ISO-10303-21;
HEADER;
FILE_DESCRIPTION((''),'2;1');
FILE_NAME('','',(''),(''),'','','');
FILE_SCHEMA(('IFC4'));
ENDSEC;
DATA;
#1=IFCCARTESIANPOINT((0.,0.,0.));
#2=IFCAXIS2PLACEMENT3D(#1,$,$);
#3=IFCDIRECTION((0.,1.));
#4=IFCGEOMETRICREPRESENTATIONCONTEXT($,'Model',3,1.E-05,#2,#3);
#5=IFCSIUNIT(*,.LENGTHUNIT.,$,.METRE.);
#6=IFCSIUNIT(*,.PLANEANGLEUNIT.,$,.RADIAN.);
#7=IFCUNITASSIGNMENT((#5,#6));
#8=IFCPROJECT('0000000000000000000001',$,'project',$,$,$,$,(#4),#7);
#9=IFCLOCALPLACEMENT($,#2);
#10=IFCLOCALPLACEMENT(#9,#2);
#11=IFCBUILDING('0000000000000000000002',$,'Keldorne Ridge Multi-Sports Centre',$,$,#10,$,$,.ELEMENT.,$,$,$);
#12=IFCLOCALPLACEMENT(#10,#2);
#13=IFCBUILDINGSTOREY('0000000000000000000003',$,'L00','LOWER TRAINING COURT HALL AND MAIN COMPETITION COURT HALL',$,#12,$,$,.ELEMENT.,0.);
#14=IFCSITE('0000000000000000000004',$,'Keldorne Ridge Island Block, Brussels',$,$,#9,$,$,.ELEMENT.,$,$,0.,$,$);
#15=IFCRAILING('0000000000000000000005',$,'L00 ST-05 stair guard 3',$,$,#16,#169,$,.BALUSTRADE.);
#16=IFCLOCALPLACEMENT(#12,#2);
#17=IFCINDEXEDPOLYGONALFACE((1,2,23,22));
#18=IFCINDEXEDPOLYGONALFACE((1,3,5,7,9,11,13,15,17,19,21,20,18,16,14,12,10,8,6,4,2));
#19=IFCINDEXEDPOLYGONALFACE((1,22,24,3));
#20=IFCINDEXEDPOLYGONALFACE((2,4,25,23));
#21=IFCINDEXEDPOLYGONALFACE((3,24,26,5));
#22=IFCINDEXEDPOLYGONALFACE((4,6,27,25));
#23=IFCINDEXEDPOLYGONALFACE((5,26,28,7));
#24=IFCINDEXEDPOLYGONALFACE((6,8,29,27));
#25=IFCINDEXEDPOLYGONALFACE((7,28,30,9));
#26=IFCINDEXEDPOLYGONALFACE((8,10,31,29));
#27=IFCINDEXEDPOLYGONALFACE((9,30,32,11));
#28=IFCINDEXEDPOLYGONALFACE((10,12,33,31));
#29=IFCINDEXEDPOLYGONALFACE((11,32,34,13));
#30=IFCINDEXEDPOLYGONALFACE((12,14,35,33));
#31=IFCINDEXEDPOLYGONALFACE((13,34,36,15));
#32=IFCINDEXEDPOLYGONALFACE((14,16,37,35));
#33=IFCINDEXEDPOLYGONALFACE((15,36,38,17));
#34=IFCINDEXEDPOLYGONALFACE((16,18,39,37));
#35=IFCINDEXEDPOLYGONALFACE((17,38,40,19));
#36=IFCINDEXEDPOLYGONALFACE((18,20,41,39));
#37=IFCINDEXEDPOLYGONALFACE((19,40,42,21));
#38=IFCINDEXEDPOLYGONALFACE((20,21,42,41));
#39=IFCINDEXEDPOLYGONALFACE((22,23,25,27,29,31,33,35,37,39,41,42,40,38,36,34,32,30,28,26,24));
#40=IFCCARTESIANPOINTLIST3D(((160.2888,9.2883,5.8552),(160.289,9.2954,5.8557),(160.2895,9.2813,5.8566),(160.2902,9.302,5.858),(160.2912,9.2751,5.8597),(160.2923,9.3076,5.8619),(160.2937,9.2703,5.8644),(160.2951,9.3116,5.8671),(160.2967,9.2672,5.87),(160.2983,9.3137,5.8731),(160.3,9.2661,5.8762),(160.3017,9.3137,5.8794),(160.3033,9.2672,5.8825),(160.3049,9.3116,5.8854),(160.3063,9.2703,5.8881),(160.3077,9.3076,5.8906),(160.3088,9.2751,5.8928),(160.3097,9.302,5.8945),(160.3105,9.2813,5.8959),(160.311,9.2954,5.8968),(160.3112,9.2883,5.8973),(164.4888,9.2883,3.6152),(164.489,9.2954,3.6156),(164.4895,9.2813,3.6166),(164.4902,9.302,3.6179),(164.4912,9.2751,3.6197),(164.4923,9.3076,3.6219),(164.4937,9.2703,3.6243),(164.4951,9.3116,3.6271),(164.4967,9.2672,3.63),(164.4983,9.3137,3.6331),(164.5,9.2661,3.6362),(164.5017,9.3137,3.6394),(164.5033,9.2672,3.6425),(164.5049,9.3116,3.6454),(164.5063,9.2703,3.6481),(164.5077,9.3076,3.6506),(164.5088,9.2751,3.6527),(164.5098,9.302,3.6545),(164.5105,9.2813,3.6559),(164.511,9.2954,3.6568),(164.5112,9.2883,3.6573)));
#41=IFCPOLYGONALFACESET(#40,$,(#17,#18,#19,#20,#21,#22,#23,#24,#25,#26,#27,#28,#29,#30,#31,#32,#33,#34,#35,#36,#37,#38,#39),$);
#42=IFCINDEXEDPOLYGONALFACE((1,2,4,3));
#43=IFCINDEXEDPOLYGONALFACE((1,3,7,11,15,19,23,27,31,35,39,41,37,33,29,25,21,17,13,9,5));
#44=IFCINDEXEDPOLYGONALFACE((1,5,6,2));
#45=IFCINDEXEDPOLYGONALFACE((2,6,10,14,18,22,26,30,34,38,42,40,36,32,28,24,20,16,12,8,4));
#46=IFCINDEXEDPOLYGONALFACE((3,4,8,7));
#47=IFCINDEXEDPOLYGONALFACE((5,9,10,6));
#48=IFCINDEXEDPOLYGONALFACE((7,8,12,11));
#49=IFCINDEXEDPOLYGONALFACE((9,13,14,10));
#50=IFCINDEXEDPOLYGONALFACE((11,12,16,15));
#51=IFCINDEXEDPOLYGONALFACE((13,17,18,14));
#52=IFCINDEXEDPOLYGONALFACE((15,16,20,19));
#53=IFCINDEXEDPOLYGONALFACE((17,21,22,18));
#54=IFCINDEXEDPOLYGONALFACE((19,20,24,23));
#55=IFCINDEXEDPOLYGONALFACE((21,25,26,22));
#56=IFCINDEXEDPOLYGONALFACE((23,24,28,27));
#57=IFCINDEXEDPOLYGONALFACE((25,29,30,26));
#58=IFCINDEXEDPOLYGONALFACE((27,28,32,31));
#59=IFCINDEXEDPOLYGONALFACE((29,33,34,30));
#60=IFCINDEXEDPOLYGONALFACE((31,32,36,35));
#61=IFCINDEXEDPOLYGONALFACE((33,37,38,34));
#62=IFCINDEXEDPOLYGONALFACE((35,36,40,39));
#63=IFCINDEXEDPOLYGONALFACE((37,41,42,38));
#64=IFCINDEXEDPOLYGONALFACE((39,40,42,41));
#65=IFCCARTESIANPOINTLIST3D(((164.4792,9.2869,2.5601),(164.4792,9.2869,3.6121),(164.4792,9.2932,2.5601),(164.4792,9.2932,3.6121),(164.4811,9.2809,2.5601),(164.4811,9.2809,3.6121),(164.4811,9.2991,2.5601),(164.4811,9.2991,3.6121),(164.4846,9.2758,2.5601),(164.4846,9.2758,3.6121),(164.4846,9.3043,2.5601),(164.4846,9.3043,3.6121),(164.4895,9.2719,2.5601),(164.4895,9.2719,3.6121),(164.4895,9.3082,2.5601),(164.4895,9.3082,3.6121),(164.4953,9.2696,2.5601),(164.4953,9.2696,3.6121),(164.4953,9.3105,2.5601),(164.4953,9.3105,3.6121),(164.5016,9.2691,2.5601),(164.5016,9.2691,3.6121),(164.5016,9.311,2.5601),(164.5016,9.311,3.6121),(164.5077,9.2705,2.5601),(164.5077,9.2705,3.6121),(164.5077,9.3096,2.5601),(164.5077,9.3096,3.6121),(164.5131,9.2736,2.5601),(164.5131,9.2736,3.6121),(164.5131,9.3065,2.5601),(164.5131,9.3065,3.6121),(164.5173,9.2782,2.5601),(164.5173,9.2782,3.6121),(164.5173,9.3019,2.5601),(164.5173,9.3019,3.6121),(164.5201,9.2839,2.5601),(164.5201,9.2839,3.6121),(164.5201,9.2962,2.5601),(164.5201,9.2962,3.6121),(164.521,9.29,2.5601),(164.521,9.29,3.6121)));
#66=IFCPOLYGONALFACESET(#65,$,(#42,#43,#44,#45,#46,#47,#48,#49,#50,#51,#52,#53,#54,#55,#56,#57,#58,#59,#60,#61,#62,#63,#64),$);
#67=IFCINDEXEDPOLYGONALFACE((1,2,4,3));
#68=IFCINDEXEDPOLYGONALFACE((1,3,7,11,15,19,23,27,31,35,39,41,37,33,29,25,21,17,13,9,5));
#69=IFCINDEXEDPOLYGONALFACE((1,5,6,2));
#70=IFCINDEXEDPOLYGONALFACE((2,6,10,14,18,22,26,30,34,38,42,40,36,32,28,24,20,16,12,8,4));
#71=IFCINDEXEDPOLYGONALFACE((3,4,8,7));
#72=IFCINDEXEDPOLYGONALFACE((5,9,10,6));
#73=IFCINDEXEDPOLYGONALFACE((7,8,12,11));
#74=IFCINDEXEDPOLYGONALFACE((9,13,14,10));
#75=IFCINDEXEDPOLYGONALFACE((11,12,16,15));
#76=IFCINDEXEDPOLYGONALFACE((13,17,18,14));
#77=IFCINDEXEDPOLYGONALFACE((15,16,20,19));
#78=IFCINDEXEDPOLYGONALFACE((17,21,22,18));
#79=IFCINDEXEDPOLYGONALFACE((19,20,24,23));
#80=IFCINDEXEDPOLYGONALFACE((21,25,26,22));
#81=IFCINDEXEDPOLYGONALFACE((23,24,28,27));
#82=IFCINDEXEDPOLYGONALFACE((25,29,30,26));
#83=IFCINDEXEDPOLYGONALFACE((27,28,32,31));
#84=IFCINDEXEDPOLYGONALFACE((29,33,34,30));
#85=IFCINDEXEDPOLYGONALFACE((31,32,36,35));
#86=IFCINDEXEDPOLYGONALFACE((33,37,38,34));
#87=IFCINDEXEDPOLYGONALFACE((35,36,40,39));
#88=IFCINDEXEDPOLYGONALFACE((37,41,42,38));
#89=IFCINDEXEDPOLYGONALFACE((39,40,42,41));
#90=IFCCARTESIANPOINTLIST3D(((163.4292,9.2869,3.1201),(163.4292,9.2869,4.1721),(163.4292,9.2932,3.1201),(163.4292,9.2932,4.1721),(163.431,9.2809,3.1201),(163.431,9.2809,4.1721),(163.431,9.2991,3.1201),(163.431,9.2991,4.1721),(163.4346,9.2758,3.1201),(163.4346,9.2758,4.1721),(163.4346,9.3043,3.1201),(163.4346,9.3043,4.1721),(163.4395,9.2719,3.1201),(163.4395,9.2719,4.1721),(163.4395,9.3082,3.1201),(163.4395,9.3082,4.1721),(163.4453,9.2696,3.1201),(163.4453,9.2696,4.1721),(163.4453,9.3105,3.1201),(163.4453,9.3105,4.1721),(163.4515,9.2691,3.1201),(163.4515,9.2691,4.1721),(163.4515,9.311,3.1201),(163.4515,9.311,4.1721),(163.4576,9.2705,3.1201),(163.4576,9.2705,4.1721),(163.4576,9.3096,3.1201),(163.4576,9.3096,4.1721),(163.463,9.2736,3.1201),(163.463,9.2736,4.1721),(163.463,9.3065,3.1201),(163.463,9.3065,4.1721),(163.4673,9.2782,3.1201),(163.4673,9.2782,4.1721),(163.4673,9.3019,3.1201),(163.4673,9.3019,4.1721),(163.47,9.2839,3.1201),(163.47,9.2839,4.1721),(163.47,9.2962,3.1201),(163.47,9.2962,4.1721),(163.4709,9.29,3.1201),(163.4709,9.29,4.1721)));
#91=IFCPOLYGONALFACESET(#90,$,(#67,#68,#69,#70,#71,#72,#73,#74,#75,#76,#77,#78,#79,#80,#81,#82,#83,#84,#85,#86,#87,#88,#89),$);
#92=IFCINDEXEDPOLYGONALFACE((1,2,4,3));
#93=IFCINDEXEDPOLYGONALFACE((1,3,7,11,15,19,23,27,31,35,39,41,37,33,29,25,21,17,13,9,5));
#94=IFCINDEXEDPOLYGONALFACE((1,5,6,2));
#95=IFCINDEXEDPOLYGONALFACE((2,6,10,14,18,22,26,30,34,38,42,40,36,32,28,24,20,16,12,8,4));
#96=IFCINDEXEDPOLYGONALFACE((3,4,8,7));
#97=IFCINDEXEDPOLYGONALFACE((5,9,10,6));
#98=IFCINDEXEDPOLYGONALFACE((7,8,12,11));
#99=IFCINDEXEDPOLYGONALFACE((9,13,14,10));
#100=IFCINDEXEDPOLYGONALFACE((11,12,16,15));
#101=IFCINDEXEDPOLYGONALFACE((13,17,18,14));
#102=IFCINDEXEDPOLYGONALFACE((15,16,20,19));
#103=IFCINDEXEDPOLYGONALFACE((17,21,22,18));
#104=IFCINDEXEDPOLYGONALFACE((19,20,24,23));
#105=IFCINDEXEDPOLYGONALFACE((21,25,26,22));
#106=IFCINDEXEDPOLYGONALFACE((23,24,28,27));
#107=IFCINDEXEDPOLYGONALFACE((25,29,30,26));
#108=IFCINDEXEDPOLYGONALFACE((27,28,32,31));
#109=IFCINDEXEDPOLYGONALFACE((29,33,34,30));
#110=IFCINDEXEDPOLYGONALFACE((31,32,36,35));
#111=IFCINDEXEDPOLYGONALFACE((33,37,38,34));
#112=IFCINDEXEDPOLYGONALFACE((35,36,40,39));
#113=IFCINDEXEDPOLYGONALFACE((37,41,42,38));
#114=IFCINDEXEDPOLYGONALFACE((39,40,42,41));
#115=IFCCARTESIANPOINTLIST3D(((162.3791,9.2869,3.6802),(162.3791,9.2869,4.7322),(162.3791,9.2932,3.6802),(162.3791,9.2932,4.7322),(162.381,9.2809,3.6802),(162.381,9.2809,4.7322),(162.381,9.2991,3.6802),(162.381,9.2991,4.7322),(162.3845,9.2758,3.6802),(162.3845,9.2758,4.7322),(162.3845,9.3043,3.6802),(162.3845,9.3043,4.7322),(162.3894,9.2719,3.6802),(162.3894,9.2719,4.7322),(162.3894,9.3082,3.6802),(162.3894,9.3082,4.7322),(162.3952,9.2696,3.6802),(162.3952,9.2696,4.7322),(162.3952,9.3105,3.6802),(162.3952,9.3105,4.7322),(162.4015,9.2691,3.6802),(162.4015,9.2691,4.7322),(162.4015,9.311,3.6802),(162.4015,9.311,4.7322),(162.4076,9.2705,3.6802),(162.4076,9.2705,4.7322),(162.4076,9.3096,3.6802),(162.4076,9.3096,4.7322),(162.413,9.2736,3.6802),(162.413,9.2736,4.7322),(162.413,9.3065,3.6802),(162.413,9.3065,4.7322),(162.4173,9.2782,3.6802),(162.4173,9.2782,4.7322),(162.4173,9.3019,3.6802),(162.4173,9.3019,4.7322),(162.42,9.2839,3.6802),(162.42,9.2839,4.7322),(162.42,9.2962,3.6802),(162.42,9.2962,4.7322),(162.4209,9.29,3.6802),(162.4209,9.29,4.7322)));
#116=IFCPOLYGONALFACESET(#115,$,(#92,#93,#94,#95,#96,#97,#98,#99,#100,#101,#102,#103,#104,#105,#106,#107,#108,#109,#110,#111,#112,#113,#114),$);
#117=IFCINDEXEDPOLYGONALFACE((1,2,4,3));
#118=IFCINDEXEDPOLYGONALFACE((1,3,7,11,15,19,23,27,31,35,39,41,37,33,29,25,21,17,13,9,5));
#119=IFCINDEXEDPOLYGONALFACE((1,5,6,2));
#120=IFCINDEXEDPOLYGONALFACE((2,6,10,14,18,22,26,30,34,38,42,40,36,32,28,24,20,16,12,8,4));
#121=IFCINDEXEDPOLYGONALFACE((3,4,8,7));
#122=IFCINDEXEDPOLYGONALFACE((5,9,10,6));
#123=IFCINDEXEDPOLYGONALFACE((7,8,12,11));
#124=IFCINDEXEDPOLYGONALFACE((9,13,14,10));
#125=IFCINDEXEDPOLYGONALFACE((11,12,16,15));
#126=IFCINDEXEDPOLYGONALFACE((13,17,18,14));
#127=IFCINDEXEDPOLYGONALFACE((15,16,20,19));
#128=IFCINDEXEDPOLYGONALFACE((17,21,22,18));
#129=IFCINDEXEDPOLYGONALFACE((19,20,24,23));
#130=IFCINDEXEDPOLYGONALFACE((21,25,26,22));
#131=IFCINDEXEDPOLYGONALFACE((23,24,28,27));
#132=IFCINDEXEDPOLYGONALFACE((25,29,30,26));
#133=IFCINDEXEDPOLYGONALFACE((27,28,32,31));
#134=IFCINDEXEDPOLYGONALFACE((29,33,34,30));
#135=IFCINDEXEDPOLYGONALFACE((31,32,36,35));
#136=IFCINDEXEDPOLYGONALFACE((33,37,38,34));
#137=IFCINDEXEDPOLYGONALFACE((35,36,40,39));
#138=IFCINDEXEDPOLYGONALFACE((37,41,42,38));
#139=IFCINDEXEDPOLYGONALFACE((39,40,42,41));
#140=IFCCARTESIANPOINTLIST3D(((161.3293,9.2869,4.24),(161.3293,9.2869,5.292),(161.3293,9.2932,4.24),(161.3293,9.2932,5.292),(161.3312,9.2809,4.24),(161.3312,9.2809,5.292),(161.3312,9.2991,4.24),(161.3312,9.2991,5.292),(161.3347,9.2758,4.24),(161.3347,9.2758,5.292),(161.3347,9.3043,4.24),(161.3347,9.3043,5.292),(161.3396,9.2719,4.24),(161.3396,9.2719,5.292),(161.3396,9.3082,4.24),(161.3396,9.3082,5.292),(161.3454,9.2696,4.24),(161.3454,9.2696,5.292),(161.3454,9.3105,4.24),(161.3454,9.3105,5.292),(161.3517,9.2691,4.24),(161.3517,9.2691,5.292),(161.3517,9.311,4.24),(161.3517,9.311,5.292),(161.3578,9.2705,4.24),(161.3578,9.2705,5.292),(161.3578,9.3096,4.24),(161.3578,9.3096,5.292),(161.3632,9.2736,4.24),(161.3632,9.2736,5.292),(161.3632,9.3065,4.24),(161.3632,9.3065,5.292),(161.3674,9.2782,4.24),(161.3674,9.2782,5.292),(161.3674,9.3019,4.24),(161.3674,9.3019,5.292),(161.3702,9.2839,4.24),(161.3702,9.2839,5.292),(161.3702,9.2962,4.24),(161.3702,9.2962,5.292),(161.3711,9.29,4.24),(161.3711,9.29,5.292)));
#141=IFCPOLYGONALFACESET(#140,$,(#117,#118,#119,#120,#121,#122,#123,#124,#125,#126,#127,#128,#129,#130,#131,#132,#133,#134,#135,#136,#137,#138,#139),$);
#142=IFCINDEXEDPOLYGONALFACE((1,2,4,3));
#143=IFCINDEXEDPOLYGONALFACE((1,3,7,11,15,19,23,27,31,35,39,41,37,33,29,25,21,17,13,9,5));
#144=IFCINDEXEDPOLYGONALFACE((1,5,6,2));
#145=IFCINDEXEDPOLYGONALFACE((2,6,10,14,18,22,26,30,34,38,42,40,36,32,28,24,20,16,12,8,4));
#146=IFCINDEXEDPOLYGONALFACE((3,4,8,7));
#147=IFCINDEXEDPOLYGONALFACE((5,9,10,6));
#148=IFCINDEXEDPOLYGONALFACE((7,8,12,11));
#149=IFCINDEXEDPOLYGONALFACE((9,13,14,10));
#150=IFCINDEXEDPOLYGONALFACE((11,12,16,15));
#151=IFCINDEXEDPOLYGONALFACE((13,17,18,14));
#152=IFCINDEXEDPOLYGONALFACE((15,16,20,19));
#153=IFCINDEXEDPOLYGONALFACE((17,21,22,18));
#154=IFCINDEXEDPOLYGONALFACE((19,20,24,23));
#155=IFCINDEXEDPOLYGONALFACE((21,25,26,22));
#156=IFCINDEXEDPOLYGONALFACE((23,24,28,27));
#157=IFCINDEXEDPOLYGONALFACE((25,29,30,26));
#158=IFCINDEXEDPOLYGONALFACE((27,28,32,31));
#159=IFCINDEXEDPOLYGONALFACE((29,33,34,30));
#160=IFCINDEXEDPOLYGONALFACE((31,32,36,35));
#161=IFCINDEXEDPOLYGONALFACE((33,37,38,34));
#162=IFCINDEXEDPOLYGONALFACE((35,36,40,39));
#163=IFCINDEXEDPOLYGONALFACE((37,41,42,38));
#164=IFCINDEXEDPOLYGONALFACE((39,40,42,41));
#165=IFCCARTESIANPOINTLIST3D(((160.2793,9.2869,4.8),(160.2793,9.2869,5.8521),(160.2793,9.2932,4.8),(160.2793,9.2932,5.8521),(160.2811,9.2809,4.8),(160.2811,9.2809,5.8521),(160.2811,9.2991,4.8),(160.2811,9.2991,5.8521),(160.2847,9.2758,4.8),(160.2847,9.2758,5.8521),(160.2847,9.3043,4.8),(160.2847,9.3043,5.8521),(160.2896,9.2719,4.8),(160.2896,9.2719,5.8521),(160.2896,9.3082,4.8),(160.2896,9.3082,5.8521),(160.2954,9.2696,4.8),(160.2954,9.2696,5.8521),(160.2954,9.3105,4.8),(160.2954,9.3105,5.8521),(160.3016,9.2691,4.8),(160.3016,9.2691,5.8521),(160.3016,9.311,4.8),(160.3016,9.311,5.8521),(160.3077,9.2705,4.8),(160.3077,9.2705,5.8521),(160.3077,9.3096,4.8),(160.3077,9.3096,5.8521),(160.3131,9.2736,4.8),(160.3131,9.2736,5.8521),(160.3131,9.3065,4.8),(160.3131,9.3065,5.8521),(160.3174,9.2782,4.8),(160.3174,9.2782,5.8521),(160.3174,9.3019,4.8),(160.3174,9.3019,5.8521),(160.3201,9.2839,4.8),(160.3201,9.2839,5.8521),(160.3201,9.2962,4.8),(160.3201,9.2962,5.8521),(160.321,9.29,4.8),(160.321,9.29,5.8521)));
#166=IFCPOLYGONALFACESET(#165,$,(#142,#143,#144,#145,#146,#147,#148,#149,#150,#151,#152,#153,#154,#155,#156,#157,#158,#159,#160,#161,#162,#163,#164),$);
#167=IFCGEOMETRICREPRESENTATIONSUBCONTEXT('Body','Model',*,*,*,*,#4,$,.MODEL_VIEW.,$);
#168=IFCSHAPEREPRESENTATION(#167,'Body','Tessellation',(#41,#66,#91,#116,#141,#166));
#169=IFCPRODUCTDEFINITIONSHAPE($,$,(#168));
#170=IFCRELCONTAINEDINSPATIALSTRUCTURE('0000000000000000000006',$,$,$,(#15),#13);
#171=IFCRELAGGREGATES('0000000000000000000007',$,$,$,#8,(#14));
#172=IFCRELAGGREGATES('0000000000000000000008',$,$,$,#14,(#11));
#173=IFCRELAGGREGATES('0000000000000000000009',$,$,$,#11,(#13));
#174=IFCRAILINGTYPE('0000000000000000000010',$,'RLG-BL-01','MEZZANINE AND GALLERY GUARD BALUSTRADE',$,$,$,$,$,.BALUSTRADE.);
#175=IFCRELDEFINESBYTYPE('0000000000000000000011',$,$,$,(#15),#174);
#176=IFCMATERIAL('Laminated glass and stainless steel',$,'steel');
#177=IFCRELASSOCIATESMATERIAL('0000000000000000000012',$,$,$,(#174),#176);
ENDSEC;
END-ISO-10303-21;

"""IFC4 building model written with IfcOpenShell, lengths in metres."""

from ifc_helpers import new_model, si_unit, direction, frame, origin, origin_2d, place, context, subcontext, project, spatial, circle, extrude, material, type_object, element, save


model = new_model("IFC4")

# Units and contexts
model_context = context("Model", 3, precision=1e-05, world=origin(), true_north=direction((0.0, 1.0)))
body_context = subcontext(model_context, "Body", "Model", "MODEL_VIEW")
ifc_project = project(units=[si_unit("LENGTHUNIT", "METRE"), si_unit("PLANEANGLEUNIT", "RADIAN")], contexts=[model_context])

# Site, building, storey
site_placement = place(None, origin())
site = spatial("IfcSite", under=ifc_project, at=site_placement, Name="Keldorne Ridge Island Block, Brussels", CompositionType="ELEMENT", RefElevation=0.0)
building_placement = place(site_placement, origin())
building = spatial("IfcBuilding", under=site, at=building_placement, Name="Keldorne Ridge Multi-Sports Centre", CompositionType="ELEMENT")
storey_placement = place(building_placement, origin())
storey = spatial("IfcBuildingStorey", under=building, at=storey_placement, Name="L00", Description="LOWER TRAINING COURT HALL AND MAIN COMPETITION COURT HALL", CompositionType="ELEMENT", Elevation=0.0)

# Railing
ifc_material_1 = material(Name="Laminated glass and stainless steel", Category="steel")
railing_type_1 = type_object("IfcRailingType", Name="RLG-BL-01", Description="MEZZANINE AND GALLERY GUARD BALUSTRADE", PredefinedType="BALUSTRADE", material=ifc_material_1)
railing_1_placement = place(storey_placement, frame((164.5, 9.29, 2.5601)))
element("IfcRailing", 1, at=railing_1_placement, inside=storey, type_object=railing_type_1, Name="L00 ST-05 stair guard 3", PredefinedType="BALUSTRADE", context=body_context, shape_type="SweptSolid", body=[
    extrude(circle(Radius=0.0239, at=origin_2d()), frame((0.0, 0.0, 1.0762), z_axis=(-0.882352, 0.0, 0.470591), x_axis=(0.0, -1.0, 0.0)), (0.0, 0.0, 1.0), 4.76),
    extrude(circle(Radius=0.021, at=origin_2d()), origin(), (0.0, 0.0, 1.0), 1.052),
    extrude(circle(Radius=0.021, at=origin_2d()), frame((-1.05, 0.0, 0.5601)), (0.0, 0.0, 1.0), 1.052),
    extrude(circle(Radius=0.021, at=origin_2d()), frame((-2.1001, 0.0, 1.1201)), (0.0, 0.0, 1.0), 1.052),
    extrude(circle(Radius=0.021, at=origin_2d()), frame((-3.1499, 0.0, 1.6799)), (0.0, 0.0, 1.0), 1.052),
    extrude(circle(Radius=0.021, at=origin_2d()), frame((-4.2, 0.0, 2.24)), (0.0, 0.0, 1.0), 1.052),
])

save(model, "model.ifc")
